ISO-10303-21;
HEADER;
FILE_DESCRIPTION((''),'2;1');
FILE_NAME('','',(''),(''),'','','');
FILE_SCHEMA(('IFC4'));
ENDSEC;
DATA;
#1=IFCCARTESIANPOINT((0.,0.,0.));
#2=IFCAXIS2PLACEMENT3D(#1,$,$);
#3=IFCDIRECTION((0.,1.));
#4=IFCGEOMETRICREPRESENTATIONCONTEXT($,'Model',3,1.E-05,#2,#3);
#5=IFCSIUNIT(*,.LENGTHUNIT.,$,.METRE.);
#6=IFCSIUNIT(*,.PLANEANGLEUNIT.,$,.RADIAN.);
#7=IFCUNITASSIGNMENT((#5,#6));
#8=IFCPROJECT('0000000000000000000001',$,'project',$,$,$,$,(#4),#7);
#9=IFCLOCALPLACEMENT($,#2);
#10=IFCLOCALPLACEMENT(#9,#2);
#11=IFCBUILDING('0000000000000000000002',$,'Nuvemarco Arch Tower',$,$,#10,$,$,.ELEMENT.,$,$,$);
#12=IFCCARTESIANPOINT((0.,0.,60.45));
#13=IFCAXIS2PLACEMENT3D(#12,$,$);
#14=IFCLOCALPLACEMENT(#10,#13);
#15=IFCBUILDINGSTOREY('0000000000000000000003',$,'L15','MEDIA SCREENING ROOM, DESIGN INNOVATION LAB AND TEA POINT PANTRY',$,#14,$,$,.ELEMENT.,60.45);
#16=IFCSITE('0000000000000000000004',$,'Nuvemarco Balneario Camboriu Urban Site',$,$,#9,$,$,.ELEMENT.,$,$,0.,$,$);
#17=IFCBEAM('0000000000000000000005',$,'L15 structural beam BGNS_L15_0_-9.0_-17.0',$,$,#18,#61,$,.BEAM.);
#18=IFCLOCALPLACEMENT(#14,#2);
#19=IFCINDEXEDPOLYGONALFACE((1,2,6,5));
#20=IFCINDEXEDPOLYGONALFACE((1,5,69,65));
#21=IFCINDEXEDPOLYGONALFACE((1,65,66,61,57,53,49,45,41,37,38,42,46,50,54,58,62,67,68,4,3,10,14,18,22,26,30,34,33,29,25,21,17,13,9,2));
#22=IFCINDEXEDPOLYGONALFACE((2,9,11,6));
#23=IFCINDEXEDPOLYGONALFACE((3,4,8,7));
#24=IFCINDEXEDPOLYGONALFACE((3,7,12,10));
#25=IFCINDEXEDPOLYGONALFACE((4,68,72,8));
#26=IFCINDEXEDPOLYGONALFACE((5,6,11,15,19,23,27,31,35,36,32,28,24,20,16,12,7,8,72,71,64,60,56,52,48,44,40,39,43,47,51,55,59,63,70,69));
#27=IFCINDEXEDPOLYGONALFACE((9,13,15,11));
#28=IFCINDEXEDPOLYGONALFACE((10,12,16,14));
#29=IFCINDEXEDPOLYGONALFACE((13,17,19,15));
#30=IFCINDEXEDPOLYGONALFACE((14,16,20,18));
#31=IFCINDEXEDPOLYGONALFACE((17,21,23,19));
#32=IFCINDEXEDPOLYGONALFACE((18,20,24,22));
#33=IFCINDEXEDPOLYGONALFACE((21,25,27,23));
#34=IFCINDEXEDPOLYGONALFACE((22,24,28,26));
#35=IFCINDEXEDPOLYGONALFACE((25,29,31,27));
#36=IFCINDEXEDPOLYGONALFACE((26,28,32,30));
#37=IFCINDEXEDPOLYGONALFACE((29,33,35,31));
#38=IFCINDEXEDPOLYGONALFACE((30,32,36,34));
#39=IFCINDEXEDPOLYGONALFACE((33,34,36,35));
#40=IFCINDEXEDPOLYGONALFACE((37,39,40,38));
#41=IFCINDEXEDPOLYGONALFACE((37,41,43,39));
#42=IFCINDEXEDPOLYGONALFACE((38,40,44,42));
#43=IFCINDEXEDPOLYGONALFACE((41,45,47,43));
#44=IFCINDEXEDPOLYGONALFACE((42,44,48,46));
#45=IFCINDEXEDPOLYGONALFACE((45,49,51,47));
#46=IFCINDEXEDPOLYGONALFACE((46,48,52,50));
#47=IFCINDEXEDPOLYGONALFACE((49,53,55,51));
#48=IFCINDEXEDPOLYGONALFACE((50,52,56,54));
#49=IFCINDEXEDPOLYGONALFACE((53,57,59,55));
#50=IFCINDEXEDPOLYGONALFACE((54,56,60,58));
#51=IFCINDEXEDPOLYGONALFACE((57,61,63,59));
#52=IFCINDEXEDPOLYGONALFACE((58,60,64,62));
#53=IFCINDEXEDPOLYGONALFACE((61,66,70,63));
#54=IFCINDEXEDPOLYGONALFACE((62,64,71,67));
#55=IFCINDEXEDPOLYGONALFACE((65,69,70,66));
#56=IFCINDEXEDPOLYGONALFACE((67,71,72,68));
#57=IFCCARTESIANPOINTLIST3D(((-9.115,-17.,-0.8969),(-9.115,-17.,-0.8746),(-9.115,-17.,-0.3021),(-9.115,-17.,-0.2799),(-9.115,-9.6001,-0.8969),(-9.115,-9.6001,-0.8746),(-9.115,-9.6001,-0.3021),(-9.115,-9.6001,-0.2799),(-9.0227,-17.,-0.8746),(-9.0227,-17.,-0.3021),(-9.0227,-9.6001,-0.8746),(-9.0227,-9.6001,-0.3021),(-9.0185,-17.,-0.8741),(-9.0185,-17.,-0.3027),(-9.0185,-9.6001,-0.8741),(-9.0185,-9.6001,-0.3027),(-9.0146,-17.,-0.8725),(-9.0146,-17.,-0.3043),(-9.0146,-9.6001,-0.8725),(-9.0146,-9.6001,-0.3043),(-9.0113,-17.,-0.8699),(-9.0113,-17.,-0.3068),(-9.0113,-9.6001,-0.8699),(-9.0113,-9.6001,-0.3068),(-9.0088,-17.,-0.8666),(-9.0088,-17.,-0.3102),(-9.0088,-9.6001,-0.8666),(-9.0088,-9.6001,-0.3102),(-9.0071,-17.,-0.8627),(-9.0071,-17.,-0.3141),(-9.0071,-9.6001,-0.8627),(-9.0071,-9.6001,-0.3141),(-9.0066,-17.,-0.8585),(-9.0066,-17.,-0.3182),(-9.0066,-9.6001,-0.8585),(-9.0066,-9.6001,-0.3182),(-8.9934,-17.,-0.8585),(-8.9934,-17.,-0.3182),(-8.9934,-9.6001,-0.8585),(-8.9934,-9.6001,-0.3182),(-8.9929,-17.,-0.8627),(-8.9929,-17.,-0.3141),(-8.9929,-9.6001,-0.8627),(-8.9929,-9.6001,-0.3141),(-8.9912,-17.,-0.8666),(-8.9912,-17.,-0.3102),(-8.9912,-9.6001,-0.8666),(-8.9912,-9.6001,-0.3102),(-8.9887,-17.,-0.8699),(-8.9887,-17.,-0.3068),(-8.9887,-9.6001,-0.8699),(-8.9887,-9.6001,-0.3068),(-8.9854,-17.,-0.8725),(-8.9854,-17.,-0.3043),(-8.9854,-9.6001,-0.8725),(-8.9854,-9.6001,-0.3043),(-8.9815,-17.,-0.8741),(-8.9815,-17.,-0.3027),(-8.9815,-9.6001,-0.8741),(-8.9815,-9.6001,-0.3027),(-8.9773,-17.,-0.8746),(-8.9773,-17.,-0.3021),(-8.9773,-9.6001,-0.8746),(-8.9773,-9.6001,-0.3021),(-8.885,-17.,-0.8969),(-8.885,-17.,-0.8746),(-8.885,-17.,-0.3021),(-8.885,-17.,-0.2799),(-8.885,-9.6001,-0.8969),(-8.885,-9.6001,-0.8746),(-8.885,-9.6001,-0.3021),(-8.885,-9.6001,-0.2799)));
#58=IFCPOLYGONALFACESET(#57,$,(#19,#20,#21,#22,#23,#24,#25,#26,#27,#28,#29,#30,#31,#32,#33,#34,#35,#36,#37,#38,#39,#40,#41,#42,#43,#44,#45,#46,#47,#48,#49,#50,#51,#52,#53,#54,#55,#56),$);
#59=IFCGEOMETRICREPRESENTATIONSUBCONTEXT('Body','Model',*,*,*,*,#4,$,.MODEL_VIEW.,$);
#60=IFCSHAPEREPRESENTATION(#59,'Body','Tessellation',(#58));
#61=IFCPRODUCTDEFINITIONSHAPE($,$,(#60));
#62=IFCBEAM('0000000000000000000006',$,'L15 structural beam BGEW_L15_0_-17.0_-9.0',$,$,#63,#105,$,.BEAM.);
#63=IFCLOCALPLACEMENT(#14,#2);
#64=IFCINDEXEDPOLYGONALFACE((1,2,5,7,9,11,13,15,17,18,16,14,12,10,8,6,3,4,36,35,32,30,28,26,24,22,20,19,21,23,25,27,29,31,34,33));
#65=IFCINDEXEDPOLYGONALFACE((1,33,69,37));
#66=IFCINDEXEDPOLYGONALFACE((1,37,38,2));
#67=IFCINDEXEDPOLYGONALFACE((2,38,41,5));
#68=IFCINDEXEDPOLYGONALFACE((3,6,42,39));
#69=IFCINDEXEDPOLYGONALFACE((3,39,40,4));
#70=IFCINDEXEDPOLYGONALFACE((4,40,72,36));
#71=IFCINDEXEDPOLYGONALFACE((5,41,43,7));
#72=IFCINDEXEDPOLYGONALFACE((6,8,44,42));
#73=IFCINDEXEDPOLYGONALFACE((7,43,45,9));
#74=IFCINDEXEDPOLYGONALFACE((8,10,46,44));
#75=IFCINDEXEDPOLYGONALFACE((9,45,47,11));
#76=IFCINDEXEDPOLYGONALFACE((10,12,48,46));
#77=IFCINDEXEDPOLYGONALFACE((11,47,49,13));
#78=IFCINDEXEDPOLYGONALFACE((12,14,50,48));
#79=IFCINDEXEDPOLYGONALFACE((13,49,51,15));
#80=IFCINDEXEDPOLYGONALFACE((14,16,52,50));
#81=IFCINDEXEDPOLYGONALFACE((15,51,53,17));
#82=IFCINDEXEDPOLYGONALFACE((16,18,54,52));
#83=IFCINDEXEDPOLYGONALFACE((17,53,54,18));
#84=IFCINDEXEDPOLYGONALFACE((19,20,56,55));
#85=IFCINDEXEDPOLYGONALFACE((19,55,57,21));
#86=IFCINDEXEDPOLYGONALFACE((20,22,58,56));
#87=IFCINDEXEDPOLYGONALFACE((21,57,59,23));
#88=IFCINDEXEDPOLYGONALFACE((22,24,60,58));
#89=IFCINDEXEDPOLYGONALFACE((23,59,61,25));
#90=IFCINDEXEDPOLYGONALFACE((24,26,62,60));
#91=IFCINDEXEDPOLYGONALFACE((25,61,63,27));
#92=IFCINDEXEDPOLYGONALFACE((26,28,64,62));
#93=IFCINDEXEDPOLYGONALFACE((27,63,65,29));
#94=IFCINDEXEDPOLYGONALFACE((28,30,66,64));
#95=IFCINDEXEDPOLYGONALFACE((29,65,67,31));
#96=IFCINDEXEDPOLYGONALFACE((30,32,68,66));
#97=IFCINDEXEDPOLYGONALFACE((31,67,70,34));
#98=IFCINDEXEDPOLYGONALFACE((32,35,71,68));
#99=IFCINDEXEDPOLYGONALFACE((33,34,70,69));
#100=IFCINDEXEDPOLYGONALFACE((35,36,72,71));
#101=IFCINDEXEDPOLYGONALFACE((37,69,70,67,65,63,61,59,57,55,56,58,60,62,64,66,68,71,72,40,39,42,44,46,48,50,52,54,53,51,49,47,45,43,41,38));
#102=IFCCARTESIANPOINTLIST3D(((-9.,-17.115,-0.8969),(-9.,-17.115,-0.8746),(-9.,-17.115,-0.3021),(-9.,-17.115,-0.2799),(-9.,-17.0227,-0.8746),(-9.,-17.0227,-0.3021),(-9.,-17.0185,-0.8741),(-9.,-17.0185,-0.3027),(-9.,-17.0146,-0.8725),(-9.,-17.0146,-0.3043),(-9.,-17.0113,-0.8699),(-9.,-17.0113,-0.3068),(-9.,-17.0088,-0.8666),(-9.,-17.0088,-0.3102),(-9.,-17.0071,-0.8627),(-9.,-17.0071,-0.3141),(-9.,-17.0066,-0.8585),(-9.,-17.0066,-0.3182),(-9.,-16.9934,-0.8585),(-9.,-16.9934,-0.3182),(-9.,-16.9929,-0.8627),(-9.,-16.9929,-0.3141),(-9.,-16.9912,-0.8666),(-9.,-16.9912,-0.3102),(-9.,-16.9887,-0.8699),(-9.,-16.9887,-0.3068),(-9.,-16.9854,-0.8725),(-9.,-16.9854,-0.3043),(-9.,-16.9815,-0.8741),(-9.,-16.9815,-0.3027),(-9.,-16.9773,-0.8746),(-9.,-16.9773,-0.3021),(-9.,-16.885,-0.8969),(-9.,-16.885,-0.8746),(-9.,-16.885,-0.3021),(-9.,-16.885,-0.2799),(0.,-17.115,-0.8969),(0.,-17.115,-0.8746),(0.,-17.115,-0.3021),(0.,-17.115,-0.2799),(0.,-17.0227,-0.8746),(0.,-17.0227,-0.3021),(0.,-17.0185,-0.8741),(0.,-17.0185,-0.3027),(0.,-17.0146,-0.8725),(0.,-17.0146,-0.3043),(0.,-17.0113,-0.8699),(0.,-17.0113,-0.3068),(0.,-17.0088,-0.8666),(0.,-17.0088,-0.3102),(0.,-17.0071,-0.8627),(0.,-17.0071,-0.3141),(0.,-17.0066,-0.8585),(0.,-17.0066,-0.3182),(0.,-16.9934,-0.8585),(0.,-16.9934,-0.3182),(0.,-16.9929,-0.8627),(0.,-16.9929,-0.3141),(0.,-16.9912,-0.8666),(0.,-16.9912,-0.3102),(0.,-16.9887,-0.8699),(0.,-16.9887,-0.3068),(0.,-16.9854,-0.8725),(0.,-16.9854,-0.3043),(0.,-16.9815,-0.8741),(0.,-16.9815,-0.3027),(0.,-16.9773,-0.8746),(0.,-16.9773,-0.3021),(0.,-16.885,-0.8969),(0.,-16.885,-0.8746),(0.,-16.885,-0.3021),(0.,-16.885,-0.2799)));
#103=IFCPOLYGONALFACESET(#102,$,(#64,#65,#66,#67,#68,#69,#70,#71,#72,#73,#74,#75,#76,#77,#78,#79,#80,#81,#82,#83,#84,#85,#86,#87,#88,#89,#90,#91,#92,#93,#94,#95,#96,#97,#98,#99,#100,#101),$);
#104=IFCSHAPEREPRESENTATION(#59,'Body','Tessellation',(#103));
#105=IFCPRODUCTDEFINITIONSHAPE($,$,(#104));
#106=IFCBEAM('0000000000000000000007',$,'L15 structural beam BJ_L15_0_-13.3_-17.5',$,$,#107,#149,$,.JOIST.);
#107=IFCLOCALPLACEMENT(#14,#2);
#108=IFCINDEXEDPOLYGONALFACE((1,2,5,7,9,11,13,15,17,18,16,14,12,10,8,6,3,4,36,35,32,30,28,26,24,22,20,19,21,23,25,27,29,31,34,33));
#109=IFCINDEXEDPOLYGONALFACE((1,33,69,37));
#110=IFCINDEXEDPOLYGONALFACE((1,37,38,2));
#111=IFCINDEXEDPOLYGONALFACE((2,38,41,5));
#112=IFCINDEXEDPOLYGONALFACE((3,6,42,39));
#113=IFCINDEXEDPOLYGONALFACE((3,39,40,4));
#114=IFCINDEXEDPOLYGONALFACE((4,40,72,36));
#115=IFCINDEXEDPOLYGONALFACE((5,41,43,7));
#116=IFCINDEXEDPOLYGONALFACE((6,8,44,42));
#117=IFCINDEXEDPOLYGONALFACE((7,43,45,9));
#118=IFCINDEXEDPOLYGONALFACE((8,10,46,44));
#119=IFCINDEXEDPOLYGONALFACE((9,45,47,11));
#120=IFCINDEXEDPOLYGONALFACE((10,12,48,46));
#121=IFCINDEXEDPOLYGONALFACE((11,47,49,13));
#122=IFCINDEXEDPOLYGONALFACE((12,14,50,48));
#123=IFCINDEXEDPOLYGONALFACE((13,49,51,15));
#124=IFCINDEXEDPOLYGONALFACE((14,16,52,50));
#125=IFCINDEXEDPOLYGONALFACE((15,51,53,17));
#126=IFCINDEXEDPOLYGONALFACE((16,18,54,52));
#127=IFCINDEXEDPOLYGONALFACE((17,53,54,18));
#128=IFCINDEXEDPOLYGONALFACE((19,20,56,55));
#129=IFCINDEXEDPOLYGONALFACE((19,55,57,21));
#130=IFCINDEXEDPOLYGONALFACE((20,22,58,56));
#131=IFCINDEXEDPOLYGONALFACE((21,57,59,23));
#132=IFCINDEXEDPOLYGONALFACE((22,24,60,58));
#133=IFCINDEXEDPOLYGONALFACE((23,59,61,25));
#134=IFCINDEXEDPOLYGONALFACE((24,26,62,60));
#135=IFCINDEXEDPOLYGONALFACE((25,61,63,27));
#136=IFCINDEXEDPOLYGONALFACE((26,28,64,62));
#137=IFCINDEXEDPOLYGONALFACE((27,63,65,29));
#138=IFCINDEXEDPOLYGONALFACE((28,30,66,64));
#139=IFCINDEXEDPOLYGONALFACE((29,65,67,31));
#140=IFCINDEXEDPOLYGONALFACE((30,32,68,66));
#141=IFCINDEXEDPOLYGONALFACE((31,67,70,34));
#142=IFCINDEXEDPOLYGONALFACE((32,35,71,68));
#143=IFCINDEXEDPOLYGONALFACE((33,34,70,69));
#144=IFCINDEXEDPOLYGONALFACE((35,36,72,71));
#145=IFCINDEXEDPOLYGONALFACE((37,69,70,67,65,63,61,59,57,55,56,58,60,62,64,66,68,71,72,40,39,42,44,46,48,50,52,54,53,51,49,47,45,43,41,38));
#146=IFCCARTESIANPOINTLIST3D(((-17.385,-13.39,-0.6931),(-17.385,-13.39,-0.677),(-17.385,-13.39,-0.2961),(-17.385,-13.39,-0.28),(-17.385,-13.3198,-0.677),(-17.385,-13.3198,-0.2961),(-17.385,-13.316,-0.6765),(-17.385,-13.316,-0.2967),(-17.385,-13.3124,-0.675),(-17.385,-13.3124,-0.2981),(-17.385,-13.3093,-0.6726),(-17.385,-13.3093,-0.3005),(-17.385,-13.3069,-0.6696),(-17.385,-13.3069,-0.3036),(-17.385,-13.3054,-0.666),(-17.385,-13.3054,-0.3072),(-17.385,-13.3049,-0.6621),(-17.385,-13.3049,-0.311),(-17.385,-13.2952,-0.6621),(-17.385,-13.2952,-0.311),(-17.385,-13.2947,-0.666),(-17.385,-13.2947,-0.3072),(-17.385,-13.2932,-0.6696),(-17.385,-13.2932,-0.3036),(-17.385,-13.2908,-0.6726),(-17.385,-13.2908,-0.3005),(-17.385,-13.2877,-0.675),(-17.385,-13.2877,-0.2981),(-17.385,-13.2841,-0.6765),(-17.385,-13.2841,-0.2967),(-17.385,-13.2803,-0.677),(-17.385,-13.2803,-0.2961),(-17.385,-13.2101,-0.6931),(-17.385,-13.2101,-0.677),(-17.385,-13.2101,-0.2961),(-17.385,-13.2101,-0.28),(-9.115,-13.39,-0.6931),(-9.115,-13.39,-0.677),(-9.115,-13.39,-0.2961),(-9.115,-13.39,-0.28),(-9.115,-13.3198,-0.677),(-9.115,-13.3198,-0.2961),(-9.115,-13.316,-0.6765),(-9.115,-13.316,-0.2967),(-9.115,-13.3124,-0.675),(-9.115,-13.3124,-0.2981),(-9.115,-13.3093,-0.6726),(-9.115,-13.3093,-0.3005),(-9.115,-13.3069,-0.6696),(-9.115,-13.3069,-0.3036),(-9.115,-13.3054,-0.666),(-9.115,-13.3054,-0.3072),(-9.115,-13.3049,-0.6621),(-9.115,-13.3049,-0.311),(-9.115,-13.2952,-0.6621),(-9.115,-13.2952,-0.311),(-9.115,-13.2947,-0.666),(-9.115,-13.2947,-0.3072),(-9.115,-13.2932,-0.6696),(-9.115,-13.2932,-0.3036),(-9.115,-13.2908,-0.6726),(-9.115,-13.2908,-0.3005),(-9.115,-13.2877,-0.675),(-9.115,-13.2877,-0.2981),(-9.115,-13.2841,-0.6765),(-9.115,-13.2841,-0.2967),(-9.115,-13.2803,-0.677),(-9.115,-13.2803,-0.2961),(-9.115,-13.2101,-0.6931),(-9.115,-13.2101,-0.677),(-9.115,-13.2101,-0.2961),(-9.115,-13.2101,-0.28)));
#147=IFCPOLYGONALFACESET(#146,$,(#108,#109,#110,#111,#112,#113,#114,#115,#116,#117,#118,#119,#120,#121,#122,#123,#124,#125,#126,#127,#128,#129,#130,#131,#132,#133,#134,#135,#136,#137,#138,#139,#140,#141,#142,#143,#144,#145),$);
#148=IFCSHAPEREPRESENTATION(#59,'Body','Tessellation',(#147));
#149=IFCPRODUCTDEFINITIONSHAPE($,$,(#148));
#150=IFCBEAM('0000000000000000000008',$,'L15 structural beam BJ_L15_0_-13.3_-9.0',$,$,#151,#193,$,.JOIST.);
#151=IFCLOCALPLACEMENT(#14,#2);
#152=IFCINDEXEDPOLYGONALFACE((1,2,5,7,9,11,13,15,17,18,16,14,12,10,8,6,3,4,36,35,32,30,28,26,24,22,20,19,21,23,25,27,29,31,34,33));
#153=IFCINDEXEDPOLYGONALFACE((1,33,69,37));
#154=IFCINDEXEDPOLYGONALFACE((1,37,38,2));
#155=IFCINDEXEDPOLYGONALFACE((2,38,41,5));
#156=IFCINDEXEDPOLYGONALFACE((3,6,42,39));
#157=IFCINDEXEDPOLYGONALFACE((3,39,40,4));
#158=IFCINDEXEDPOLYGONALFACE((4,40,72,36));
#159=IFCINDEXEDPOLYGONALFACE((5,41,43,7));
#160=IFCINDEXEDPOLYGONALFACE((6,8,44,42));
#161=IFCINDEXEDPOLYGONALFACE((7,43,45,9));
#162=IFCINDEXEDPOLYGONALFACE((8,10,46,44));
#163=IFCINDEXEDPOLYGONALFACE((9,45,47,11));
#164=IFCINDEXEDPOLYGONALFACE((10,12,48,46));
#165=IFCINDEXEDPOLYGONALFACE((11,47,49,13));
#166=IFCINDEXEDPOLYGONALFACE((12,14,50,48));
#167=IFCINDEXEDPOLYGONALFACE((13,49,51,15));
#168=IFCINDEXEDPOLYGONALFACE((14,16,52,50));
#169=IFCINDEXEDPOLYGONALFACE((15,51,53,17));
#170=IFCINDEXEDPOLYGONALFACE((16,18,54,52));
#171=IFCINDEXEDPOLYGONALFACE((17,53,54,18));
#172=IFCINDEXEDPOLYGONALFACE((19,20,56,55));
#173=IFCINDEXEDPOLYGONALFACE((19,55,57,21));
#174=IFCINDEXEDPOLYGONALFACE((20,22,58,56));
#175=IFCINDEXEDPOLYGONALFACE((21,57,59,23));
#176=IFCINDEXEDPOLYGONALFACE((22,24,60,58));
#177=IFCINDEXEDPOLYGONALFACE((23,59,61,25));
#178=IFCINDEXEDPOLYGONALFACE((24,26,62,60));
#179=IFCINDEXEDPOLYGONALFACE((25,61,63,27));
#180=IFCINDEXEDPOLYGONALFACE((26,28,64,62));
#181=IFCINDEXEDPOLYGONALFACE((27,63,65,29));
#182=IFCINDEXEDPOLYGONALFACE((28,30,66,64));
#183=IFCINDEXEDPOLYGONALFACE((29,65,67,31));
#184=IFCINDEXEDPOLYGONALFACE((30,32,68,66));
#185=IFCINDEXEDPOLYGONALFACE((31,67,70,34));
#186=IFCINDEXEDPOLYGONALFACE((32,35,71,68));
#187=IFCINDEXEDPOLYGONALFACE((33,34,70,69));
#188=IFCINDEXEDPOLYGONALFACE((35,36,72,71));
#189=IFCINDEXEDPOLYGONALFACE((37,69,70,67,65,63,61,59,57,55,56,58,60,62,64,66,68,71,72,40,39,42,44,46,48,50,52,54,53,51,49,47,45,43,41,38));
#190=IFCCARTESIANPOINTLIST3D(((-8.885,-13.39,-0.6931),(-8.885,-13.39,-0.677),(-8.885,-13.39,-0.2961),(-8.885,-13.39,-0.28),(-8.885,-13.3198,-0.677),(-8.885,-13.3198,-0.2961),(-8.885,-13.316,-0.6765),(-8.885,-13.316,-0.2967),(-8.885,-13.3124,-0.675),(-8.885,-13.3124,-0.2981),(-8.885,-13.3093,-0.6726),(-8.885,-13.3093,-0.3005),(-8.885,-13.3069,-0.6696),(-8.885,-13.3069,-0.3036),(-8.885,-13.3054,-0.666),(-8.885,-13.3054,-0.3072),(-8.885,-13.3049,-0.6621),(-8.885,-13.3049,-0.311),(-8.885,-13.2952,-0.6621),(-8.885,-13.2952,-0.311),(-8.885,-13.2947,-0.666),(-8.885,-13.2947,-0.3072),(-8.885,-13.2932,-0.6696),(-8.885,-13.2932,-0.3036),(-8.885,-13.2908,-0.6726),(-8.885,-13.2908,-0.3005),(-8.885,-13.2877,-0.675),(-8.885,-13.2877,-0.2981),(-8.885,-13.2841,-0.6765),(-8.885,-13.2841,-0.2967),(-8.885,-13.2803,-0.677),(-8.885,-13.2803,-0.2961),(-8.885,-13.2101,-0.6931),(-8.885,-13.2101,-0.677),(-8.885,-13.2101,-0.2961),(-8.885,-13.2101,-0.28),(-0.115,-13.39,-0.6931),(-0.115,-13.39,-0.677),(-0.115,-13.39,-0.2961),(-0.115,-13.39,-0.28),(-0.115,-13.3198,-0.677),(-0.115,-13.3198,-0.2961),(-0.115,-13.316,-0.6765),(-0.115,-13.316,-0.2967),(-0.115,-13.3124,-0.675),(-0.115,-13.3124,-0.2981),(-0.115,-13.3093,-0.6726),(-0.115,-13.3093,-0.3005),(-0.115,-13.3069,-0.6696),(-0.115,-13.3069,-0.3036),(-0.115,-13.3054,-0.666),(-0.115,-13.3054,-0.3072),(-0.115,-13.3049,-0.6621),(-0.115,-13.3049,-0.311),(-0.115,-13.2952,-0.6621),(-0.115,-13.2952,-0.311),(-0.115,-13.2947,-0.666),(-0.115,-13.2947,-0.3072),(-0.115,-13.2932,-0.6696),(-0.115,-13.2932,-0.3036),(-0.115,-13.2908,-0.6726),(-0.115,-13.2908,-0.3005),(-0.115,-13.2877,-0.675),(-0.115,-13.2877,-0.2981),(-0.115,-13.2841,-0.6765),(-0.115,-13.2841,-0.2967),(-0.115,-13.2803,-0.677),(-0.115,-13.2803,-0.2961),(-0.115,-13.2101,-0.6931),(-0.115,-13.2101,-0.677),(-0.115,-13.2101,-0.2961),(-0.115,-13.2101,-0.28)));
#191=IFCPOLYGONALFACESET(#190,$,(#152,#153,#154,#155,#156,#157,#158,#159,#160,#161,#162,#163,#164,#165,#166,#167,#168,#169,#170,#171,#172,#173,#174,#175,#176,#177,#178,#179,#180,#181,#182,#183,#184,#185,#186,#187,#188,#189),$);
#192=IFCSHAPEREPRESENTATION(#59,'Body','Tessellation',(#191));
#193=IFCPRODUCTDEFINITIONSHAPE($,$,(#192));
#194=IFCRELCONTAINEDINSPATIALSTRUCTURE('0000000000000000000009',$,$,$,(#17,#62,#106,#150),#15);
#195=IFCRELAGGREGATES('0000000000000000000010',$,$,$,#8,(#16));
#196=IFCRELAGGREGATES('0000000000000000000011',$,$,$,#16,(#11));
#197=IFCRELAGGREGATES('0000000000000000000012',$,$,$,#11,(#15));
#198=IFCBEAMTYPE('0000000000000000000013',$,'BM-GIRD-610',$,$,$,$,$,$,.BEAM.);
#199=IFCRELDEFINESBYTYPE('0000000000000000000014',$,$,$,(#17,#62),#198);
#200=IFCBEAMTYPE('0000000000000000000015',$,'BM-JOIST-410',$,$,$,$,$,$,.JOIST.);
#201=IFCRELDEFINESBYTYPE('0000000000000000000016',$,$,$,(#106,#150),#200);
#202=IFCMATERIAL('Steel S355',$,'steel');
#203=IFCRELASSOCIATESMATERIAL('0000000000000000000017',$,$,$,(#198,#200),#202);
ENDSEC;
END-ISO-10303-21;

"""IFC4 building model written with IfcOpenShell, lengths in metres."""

from ifc_helpers import new_model, si_unit, direction, frame, origin, origin_2d, place, context, subcontext, project, spatial, i_section, extrude, material, material_profile, profile_set, type_object, element, save


model = new_model("IFC4")

# Units and contexts
model_context = context("Model", 3, precision=1e-05, world=origin(), true_north=direction((0.0, 1.0)))
body_context = subcontext(model_context, "Body", "Model", "MODEL_VIEW")
ifc_project = project(units=[si_unit("LENGTHUNIT", "METRE"), si_unit("PLANEANGLEUNIT", "RADIAN")], contexts=[model_context])

# Site, building, storey
site_placement = place(None, origin())
site = spatial("IfcSite", under=ifc_project, at=site_placement, Name="Nuvemarco Balneario Camboriu Urban Site", CompositionType="ELEMENT", RefElevation=0.0)
building_placement = place(site_placement, origin())
building = spatial("IfcBuilding", under=site, at=building_placement, Name="Nuvemarco Arch Tower", CompositionType="ELEMENT")
storey_placement = place(building_placement, frame((0.0, 0.0, 60.45)))
storey = spatial("IfcBuildingStorey", under=building, at=storey_placement, Name="L15", Description="MEDIA SCREENING ROOM, DESIGN INNOVATION LAB AND TEA POINT PANTRY", CompositionType="ELEMENT", Elevation=60.45)

# Shared definitions
ifc_material_1 = material(Name="Steel S355", Category="steel")

# Beams
ifc_material_profile_1 = material_profile(ifc_material_1, i_section(OverallWidth=0.23, OverallDepth=0.6169, WebThickness=0.0132, FlangeThickness=0.0222, FilletRadius=0.0161, at=origin_2d()), Name="W610x140")
ifc_profile_set_1 = profile_set([ifc_material_profile_1], Name="Steel S355")
beam_type_1 = type_object("IfcBeamType", Name="BM-GIRD-610", PredefinedType="BEAM", material=ifc_profile_set_1)
beam_1_placement = place(storey_placement, frame((-9.0, -17.0, -0.5884), z_axis=(0.0, 1.0, 0.0), x_axis=(-1.0, 0.0, 0.0)))
element("IfcBeam", 1, at=beam_1_placement, inside=storey, type_object=beam_type_1, Name="L15 structural beam BGNS_L15_0_-9.0_-17.0", PredefinedType="BEAM", context=body_context, shape_type="SweptSolid", body=[
    extrude(i_section(OverallWidth=0.23, OverallDepth=0.6169, WebThickness=0.0132, FlangeThickness=0.0222, FilletRadius=0.0161, at=origin_2d()), origin(), (0.0, 0.0, 1.0), 7.3999),
])
beam_2_placement = place(storey_placement, frame((-9.0, -17.0, -0.5884), z_axis=(1.0, 0.0, 0.0), x_axis=(0.0, 1.0, 0.0)))
element("IfcBeam", 2, at=beam_2_placement, inside=storey, type_object=beam_type_1, Name="L15 structural beam BGEW_L15_0_-17.0_-9.0", PredefinedType="BEAM", context=body_context, shape_type="SweptSolid", body=[
    extrude(i_section(OverallWidth=0.23, OverallDepth=0.6169, WebThickness=0.0132, FlangeThickness=0.0222, FilletRadius=0.0161, at=origin_2d()), origin(), (0.0, 0.0, 1.0), 9.0),
])
ifc_material_profile_2 = material_profile(ifc_material_1, i_section(OverallWidth=0.1799, OverallDepth=0.4131, WebThickness=0.0098, FlangeThickness=0.0161, FilletRadius=0.0149, at=origin_2d()), Name="W410x75")
ifc_profile_set_2 = profile_set([ifc_material_profile_2], Name="Steel S355")
beam_type_2 = type_object("IfcBeamType", Name="BM-JOIST-410", PredefinedType="JOIST", material=ifc_profile_set_2)
beam_3_placement = place(storey_placement, frame((-17.385, -13.3, -0.4866), z_axis=(1.0, 0.0, 0.0), x_axis=(0.0, 1.0, 0.0)))
element("IfcBeam", 3, at=beam_3_placement, inside=storey, type_object=beam_type_2, Name="L15 structural beam BJ_L15_0_-13.3_-17.5", PredefinedType="JOIST", context=body_context, shape_type="SweptSolid", body=[
    extrude(i_section(OverallWidth=0.1799, OverallDepth=0.4131, WebThickness=0.0098, FlangeThickness=0.0161, FilletRadius=0.0149, at=origin_2d()), origin(), (0.0, 0.0, 1.0), 8.27),
])
beam_4_placement = place(storey_placement, frame((-8.885, -13.3, -0.4866), z_axis=(1.0, 0.0, 0.0), x_axis=(0.0, 1.0, 0.0)))
element("IfcBeam", 4, at=beam_4_placement, inside=storey, type_object=beam_type_2, Name="L15 structural beam BJ_L15_0_-13.3_-9.0", PredefinedType="JOIST", context=body_context, shape_type="SweptSolid", body=[
    extrude(i_section(OverallWidth=0.1799, OverallDepth=0.4131, WebThickness=0.0098, FlangeThickness=0.0161, FilletRadius=0.0149, at=origin_2d()), origin(), (0.0, 0.0, 1.0), 8.77),
])

save(model, "model.ifc")
